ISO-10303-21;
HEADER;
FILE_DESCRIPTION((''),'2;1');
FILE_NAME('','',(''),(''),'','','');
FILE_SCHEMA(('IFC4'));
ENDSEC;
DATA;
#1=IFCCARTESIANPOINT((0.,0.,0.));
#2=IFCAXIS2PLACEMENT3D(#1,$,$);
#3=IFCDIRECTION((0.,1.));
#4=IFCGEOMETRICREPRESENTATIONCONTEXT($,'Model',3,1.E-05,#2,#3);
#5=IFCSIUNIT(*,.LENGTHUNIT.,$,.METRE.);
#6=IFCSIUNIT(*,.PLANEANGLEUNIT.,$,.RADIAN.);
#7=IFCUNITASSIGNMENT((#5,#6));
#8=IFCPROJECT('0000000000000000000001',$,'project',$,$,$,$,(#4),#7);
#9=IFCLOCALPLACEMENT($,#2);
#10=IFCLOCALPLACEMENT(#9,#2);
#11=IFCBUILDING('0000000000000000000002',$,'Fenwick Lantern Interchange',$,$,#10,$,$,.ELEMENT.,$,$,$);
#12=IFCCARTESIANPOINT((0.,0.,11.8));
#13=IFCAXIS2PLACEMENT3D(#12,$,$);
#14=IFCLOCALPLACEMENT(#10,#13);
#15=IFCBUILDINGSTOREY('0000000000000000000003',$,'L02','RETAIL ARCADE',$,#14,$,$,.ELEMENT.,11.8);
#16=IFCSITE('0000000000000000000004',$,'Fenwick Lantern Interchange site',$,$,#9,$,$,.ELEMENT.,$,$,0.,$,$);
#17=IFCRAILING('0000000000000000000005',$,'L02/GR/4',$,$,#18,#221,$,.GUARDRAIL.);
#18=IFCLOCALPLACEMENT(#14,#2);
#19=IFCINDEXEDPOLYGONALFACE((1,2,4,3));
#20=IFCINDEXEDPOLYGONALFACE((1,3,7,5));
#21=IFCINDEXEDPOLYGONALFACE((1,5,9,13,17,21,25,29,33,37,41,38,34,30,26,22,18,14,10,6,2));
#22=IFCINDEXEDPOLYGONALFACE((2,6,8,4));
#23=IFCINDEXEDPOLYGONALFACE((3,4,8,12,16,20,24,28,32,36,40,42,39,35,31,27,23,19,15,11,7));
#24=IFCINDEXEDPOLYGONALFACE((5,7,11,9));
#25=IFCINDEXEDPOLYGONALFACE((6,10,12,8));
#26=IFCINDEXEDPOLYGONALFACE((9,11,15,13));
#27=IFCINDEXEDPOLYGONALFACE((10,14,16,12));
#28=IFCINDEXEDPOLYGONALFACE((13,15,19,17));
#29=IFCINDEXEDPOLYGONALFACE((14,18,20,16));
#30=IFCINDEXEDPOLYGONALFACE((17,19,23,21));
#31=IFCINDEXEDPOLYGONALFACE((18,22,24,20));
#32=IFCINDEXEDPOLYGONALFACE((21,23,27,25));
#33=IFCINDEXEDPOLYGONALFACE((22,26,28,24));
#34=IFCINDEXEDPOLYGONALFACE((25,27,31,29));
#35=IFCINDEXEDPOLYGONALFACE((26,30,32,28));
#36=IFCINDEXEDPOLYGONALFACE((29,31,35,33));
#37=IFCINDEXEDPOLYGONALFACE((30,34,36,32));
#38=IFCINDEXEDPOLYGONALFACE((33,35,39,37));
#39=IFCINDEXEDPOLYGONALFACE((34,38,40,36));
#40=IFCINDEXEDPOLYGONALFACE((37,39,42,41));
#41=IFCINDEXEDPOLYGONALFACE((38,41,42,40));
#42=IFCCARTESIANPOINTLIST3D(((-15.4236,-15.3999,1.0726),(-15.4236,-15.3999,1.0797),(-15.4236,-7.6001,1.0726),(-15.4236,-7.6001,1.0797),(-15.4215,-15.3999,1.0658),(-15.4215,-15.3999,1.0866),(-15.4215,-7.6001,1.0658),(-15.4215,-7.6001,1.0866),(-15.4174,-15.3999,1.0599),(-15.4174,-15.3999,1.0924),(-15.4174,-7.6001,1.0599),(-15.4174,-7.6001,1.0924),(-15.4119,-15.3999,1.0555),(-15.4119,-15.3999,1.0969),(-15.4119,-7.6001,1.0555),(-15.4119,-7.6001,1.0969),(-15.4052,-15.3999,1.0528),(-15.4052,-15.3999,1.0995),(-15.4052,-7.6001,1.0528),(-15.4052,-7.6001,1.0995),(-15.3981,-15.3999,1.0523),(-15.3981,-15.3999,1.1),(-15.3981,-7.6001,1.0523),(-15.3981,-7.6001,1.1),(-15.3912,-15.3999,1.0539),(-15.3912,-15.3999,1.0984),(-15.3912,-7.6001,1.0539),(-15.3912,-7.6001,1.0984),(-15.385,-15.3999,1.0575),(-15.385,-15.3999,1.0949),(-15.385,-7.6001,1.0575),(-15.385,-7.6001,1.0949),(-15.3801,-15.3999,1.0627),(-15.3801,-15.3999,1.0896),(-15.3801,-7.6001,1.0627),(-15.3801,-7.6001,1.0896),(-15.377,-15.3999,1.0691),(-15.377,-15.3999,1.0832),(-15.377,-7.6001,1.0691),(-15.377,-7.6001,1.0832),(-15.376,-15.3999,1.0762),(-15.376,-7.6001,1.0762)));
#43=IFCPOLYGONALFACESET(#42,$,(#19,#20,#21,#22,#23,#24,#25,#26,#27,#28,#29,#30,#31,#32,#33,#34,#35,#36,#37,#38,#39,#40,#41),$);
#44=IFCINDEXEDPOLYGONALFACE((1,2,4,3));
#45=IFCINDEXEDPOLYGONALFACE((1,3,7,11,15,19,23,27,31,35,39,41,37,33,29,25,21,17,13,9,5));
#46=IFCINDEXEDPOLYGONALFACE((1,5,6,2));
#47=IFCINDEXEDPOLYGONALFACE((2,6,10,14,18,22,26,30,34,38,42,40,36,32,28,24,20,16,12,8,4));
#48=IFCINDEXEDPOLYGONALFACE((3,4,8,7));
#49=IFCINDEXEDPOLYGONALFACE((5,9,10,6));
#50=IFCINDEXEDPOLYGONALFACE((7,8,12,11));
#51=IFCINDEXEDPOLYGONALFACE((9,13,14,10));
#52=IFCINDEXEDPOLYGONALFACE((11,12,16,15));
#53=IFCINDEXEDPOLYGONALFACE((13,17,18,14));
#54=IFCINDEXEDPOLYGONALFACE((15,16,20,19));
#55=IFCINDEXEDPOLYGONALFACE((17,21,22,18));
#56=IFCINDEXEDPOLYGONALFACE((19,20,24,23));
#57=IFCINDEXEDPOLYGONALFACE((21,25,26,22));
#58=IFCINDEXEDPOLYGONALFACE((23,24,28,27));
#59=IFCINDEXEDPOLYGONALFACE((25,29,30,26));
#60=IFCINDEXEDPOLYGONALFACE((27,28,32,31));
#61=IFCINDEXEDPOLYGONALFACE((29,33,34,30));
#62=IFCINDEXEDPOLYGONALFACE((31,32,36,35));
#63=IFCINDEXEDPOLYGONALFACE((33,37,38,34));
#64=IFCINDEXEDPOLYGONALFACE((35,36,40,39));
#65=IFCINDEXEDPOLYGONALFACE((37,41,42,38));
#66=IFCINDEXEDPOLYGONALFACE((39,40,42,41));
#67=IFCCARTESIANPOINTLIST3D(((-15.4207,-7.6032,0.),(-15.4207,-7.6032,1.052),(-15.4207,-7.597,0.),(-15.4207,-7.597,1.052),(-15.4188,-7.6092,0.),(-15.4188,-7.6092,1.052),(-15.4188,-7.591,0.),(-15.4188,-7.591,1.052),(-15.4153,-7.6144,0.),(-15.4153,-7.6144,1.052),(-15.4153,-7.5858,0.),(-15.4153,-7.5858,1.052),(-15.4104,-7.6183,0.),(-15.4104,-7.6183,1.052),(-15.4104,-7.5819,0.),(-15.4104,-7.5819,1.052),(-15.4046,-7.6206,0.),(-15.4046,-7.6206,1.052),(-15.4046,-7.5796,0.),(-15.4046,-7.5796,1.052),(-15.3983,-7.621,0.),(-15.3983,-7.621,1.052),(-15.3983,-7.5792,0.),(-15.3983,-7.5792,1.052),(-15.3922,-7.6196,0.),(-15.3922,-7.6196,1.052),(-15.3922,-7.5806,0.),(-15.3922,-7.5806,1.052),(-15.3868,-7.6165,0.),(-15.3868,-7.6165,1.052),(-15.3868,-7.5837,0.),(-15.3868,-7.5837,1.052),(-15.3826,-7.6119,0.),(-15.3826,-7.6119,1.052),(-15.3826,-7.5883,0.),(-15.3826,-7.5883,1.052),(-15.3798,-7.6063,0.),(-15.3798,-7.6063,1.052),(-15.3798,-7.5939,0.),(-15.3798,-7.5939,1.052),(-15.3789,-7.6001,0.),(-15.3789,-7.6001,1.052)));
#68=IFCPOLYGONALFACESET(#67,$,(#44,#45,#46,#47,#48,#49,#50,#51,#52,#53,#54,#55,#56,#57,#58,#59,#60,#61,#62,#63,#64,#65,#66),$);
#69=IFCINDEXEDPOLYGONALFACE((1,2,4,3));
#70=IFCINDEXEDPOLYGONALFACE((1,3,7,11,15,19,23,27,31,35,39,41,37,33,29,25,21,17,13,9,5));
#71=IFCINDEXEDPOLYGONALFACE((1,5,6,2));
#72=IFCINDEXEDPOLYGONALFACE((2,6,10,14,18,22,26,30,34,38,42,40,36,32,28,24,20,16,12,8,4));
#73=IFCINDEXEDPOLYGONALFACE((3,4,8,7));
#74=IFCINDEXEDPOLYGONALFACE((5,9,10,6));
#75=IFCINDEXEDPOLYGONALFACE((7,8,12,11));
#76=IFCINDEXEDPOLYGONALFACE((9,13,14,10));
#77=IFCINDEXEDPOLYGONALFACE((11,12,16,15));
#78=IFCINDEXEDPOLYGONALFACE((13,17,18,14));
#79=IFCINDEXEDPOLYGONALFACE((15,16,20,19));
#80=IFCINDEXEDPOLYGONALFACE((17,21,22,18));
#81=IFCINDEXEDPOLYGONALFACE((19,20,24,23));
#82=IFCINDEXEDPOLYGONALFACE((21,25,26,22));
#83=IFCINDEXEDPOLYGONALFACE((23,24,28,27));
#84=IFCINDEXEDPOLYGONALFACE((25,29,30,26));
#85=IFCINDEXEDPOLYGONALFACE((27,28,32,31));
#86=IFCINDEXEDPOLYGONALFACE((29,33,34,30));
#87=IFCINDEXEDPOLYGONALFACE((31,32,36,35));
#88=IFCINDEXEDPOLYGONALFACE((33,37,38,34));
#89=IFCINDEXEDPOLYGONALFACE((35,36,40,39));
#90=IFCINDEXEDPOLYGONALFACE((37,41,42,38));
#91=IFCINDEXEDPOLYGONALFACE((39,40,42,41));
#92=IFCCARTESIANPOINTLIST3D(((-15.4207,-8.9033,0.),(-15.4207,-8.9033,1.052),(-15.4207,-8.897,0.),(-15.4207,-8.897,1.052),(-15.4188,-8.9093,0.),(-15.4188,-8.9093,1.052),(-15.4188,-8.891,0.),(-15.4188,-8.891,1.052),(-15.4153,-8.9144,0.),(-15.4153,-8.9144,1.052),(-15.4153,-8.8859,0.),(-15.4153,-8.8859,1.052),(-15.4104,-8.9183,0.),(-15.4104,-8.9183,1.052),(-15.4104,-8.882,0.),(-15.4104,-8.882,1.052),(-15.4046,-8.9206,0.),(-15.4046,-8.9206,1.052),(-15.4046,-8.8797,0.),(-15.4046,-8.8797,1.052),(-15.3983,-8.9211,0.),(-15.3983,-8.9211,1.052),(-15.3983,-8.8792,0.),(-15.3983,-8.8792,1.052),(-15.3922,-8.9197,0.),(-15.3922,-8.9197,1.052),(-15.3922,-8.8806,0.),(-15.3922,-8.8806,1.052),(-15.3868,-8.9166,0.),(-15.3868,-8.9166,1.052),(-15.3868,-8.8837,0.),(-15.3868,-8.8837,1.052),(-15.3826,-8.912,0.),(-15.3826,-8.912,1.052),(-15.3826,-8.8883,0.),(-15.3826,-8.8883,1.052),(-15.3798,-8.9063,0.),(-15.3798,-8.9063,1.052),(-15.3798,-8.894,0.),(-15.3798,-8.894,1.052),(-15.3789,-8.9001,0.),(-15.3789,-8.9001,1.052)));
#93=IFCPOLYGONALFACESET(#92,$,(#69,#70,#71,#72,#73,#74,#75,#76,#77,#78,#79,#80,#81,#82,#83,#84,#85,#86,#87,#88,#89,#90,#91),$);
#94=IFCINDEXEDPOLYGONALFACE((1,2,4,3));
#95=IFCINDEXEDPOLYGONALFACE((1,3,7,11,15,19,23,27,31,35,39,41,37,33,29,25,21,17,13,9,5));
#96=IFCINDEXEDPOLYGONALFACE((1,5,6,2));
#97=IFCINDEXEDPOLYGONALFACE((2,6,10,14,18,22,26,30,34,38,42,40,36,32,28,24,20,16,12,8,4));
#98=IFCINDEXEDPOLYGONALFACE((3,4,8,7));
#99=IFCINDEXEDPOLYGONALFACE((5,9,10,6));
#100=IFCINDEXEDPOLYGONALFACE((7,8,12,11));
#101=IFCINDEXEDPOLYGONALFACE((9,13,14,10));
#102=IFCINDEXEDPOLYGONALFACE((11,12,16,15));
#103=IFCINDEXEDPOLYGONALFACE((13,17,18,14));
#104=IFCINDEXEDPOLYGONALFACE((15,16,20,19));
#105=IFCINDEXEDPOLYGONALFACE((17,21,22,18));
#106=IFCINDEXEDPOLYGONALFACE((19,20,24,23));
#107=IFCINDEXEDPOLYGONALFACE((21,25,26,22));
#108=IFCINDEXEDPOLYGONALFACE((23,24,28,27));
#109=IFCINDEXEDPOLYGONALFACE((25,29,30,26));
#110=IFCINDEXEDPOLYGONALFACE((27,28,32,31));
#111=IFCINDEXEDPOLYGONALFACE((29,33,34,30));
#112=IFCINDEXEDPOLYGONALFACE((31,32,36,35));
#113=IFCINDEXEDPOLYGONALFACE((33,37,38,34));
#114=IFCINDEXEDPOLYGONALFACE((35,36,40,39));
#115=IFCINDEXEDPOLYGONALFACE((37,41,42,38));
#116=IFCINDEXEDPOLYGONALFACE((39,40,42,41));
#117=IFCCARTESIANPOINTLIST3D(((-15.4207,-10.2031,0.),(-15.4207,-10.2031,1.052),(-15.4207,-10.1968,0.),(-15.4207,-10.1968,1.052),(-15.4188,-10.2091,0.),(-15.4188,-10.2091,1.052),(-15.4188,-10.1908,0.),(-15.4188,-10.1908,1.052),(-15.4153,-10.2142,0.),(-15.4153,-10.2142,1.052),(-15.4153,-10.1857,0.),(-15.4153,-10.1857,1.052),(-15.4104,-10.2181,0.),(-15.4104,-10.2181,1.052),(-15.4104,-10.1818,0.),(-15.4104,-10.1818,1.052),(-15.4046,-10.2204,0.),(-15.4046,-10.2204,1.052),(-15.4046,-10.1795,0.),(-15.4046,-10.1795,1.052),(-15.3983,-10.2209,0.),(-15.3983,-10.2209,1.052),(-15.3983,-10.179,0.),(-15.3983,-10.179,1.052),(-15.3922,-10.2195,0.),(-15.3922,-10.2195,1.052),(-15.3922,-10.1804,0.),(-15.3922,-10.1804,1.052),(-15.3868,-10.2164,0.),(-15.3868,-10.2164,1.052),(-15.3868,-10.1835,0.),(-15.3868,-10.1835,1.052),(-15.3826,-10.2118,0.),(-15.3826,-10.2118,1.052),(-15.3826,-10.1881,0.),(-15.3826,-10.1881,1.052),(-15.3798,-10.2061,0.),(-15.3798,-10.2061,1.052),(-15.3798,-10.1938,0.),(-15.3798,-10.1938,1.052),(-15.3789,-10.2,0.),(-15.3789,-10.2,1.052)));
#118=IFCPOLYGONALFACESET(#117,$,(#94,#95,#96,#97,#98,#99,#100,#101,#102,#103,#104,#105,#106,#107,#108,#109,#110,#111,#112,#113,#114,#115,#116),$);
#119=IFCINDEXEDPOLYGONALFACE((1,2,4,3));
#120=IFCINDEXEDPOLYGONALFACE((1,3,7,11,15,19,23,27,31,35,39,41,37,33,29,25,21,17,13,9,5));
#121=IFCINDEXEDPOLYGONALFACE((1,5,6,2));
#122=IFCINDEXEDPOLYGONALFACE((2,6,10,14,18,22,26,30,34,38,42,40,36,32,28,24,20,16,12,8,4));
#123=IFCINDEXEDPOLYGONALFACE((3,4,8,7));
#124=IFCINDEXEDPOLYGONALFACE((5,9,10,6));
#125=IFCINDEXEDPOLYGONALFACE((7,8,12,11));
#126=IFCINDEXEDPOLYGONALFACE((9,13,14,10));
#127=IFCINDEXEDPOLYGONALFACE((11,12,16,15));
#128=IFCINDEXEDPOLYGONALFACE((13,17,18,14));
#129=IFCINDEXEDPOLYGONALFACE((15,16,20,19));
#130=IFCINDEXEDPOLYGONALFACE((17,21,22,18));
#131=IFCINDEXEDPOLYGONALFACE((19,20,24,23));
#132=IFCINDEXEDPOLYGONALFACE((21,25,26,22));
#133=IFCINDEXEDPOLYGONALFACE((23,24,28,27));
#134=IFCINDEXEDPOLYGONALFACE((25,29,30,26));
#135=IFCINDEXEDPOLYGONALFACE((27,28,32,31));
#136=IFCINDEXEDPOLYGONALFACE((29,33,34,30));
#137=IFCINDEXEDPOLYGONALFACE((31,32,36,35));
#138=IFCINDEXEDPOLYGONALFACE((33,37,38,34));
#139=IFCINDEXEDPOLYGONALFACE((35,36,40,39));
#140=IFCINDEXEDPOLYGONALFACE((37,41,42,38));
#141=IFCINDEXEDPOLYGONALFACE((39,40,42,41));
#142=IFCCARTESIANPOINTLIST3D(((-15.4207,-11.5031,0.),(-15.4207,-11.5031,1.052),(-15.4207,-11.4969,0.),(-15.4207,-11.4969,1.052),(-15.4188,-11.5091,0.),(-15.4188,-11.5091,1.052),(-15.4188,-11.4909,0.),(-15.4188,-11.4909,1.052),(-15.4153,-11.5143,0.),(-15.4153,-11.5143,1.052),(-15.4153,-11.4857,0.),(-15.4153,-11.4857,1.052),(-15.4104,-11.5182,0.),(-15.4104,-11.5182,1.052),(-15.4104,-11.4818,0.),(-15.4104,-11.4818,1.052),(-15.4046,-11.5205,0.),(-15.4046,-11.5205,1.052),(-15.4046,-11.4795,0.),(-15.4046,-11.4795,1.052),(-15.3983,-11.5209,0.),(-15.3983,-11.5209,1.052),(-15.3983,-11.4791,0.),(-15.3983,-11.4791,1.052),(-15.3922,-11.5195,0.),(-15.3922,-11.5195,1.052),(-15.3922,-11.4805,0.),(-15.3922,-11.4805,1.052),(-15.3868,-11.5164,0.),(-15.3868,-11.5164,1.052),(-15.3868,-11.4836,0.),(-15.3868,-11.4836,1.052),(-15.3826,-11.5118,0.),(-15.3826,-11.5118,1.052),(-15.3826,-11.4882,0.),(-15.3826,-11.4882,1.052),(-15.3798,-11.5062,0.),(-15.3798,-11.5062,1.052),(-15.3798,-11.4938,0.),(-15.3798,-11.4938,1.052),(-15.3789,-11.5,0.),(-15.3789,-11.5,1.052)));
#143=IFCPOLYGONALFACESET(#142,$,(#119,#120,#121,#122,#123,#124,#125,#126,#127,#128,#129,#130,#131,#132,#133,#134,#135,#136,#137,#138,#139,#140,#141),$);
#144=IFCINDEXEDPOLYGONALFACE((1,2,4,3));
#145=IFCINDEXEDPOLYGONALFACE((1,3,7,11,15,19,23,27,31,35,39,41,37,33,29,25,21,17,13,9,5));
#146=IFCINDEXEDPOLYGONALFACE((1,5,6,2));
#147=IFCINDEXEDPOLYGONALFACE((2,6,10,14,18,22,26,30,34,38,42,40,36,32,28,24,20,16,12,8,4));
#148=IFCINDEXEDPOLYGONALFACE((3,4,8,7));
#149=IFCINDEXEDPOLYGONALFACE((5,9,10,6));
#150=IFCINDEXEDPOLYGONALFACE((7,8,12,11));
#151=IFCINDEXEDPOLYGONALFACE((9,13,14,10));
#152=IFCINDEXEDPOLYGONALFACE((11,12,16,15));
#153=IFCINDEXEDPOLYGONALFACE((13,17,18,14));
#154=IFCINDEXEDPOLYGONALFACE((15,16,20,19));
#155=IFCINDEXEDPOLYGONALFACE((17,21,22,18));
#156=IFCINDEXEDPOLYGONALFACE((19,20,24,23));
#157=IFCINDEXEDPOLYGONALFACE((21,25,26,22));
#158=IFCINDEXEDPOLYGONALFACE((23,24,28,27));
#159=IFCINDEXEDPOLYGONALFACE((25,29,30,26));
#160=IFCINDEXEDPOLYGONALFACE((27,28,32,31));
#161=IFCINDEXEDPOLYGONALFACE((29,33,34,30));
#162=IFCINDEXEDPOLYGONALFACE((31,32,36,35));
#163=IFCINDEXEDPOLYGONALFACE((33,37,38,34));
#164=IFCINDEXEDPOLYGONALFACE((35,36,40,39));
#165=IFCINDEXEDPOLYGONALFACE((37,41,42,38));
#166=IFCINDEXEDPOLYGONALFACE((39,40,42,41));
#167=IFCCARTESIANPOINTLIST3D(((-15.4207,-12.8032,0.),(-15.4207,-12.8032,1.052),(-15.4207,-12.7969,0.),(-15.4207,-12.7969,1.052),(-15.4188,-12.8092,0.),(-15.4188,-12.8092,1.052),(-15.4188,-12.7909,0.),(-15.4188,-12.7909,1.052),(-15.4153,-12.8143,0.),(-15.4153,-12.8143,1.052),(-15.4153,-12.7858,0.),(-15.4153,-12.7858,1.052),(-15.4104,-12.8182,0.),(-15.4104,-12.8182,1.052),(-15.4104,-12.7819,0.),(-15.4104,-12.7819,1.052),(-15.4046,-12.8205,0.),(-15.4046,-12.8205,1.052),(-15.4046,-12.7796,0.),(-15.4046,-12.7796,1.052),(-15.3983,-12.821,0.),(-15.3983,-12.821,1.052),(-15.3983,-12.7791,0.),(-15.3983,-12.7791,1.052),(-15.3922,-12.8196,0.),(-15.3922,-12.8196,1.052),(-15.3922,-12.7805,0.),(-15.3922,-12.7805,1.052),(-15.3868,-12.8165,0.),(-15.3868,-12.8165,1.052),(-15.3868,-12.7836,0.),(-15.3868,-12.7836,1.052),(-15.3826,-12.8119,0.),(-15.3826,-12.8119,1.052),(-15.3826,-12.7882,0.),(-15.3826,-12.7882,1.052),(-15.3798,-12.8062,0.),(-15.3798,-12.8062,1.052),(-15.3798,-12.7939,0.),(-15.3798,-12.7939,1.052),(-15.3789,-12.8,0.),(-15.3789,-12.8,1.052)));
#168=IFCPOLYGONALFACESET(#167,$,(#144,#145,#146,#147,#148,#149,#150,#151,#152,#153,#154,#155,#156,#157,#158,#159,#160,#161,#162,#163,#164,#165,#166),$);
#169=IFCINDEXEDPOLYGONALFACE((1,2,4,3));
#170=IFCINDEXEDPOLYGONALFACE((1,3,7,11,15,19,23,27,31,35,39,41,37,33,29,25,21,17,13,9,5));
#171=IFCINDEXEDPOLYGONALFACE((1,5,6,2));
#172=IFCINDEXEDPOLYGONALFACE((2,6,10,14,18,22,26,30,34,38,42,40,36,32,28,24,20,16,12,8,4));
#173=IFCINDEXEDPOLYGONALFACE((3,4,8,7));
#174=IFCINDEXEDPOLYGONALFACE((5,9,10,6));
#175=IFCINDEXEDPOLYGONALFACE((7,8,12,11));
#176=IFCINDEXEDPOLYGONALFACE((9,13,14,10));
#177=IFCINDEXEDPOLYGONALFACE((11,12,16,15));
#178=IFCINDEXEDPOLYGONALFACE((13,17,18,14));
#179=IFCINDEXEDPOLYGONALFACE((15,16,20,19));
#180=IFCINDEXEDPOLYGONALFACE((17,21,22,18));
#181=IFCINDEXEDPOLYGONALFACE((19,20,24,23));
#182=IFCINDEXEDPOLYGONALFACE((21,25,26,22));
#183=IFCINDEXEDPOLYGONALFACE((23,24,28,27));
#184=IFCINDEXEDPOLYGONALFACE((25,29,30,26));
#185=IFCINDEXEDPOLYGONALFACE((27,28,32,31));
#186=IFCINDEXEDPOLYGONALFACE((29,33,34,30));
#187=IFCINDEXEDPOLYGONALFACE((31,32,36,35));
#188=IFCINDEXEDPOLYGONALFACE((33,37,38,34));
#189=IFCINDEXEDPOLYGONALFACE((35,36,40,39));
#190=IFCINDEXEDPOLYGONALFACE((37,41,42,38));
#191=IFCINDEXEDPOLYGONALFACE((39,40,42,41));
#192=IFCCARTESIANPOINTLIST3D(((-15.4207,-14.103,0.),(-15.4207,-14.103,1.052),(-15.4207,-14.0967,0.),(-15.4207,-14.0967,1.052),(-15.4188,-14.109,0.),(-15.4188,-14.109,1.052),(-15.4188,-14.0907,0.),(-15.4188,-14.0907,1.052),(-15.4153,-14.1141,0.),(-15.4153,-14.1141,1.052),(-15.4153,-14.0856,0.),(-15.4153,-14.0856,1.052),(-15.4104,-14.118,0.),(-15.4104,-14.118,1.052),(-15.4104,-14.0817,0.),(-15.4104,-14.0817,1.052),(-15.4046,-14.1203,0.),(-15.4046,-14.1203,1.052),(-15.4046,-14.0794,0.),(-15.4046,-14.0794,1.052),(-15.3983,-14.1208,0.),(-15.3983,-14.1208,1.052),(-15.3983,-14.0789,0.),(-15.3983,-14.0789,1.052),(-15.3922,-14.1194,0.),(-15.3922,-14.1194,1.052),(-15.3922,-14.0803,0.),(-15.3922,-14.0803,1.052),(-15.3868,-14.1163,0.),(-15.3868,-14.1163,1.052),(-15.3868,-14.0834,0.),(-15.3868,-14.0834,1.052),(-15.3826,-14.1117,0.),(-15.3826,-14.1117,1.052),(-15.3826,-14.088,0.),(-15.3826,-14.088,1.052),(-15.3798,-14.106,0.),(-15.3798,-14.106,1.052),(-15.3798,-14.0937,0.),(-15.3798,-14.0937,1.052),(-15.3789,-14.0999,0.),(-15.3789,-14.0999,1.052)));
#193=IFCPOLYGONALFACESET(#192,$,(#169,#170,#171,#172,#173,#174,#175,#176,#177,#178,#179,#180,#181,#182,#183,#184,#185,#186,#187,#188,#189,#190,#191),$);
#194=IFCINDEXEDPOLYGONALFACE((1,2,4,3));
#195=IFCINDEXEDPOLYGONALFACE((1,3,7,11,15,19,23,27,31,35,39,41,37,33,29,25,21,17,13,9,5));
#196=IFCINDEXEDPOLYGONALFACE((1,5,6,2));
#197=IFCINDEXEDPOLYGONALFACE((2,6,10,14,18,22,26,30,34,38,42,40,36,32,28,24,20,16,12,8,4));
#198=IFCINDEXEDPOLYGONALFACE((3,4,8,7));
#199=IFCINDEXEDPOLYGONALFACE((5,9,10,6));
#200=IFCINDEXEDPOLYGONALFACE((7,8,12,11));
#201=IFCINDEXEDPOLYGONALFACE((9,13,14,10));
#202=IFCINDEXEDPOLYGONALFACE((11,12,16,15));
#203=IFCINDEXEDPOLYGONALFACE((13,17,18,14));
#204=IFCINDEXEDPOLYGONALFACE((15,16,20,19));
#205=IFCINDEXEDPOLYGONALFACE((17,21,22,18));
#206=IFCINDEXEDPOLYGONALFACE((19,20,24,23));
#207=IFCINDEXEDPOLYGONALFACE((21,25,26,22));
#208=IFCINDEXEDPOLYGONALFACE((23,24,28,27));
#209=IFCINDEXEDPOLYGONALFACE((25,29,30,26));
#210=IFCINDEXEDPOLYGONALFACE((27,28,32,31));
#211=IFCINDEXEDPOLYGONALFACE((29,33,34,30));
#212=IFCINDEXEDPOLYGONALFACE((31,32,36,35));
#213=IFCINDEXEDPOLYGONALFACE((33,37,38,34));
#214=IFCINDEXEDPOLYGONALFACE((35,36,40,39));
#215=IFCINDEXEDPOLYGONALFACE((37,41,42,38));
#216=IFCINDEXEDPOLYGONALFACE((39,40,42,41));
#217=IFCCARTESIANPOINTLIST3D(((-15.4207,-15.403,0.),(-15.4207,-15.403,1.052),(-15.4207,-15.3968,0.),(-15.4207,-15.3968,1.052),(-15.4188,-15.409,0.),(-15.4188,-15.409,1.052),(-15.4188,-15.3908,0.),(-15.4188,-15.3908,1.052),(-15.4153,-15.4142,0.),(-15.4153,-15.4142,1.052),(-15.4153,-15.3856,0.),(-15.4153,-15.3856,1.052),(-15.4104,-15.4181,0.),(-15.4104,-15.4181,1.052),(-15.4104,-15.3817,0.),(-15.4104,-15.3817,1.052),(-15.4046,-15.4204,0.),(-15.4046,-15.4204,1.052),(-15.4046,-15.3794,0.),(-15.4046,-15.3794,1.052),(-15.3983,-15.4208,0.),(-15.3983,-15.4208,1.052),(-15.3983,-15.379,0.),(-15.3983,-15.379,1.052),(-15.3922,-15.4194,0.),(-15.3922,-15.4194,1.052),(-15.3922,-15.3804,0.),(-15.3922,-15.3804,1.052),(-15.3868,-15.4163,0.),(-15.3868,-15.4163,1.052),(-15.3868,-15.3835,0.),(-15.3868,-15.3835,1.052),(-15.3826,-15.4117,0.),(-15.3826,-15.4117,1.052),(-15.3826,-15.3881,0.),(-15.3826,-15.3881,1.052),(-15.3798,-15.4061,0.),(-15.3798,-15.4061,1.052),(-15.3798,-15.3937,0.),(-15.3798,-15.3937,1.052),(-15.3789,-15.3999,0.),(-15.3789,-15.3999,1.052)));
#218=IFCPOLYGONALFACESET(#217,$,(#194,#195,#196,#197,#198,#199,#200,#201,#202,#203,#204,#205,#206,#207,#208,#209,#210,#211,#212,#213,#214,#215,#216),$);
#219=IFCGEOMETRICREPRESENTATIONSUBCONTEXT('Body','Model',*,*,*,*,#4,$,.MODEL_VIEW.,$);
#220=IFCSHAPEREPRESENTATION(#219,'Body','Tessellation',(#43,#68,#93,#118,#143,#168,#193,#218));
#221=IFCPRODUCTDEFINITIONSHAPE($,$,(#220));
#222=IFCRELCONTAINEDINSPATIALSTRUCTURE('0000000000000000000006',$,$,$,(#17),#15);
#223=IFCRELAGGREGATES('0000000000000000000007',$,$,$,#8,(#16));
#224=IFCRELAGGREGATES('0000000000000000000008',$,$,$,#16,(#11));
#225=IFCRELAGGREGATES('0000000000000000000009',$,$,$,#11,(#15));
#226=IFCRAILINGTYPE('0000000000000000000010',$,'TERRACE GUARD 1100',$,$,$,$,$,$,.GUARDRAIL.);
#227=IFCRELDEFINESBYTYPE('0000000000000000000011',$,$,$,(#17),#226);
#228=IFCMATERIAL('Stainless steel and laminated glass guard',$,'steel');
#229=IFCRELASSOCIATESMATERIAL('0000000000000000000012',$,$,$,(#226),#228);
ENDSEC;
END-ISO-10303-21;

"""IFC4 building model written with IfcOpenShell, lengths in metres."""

from ifc_helpers import new_model, si_unit, direction, frame, origin, origin_2d, place, context, subcontext, project, spatial, circle, extrude, material, type_object, element, save


model = new_model("IFC4")

# Units and contexts
model_context = context("Model", 3, precision=1e-05, world=origin(), true_north=direction((0.0, 1.0)))
body_context = subcontext(model_context, "Body", "Model", "MODEL_VIEW")
ifc_project = project(units=[si_unit("LENGTHUNIT", "METRE"), si_unit("PLANEANGLEUNIT", "RADIAN")], contexts=[model_context])

# Site, building, storey
site_placement = place(None, origin())
site = spatial("IfcSite", under=ifc_project, at=site_placement, Name="Fenwick Lantern Interchange site", CompositionType="ELEMENT", RefElevation=0.0)
building_placement = place(site_placement, origin())
building = spatial("IfcBuilding", under=site, at=building_placement, Name="Fenwick Lantern Interchange", CompositionType="ELEMENT")
storey_placement = place(building_placement, frame((0.0, 0.0, 11.8)))
storey = spatial("IfcBuildingStorey", under=building, at=storey_placement, Name="L02", Description="RETAIL ARCADE", CompositionType="ELEMENT", Elevation=11.8)

# Railing
ifc_material_1 = material(Name="Stainless steel and laminated glass guard", Category="steel")
railing_type = type_object("IfcRailingType", Name="TERRACE GUARD 1100", PredefinedType="GUARDRAIL", material=ifc_material_1)
railing_1_placement = place(storey_placement, frame((-15.3999, -7.6001, 0.0)))
element("IfcRailing", 1, at=railing_1_placement, inside=storey, type_object=railing_type, Name="L02/GR/4", PredefinedType="GUARDRAIL", context=body_context, shape_type="SweptSolid", body=[
    extrude(circle(Radius=0.0239, at=origin_2d()), frame((0.0, 0.0, 1.0762), z_axis=(0.0, -1.0, 0.0), x_axis=(1.0, 0.0, 0.0)), (0.0, 0.0, 1.0), 7.7998),
    extrude(circle(Radius=0.021, at=origin_2d()), origin(), (0.0, 0.0, 1.0), 1.052),
    extrude(circle(Radius=0.021, at=origin_2d()), frame((0.0, -1.3, 0.0)), (0.0, 0.0, 1.0), 1.052),
    extrude(circle(Radius=0.021, at=origin_2d()), frame((0.0, -2.5999, 0.0)), (0.0, 0.0, 1.0), 1.052),
    extrude(circle(Radius=0.021, at=origin_2d()), frame((0.0, -3.8999, 0.0)), (0.0, 0.0, 1.0), 1.052),
    extrude(circle(Radius=0.021, at=origin_2d()), frame((0.0, -5.2, 0.0)), (0.0, 0.0, 1.0), 1.052),
    extrude(circle(Radius=0.021, at=origin_2d()), frame((0.0, -6.4998, 0.0)), (0.0, 0.0, 1.0), 1.052),
    extrude(circle(Radius=0.021, at=origin_2d()), frame((0.0, -7.7998, 0.0)), (0.0, 0.0, 1.0), 1.052),
])

save(model, "model.ifc")
